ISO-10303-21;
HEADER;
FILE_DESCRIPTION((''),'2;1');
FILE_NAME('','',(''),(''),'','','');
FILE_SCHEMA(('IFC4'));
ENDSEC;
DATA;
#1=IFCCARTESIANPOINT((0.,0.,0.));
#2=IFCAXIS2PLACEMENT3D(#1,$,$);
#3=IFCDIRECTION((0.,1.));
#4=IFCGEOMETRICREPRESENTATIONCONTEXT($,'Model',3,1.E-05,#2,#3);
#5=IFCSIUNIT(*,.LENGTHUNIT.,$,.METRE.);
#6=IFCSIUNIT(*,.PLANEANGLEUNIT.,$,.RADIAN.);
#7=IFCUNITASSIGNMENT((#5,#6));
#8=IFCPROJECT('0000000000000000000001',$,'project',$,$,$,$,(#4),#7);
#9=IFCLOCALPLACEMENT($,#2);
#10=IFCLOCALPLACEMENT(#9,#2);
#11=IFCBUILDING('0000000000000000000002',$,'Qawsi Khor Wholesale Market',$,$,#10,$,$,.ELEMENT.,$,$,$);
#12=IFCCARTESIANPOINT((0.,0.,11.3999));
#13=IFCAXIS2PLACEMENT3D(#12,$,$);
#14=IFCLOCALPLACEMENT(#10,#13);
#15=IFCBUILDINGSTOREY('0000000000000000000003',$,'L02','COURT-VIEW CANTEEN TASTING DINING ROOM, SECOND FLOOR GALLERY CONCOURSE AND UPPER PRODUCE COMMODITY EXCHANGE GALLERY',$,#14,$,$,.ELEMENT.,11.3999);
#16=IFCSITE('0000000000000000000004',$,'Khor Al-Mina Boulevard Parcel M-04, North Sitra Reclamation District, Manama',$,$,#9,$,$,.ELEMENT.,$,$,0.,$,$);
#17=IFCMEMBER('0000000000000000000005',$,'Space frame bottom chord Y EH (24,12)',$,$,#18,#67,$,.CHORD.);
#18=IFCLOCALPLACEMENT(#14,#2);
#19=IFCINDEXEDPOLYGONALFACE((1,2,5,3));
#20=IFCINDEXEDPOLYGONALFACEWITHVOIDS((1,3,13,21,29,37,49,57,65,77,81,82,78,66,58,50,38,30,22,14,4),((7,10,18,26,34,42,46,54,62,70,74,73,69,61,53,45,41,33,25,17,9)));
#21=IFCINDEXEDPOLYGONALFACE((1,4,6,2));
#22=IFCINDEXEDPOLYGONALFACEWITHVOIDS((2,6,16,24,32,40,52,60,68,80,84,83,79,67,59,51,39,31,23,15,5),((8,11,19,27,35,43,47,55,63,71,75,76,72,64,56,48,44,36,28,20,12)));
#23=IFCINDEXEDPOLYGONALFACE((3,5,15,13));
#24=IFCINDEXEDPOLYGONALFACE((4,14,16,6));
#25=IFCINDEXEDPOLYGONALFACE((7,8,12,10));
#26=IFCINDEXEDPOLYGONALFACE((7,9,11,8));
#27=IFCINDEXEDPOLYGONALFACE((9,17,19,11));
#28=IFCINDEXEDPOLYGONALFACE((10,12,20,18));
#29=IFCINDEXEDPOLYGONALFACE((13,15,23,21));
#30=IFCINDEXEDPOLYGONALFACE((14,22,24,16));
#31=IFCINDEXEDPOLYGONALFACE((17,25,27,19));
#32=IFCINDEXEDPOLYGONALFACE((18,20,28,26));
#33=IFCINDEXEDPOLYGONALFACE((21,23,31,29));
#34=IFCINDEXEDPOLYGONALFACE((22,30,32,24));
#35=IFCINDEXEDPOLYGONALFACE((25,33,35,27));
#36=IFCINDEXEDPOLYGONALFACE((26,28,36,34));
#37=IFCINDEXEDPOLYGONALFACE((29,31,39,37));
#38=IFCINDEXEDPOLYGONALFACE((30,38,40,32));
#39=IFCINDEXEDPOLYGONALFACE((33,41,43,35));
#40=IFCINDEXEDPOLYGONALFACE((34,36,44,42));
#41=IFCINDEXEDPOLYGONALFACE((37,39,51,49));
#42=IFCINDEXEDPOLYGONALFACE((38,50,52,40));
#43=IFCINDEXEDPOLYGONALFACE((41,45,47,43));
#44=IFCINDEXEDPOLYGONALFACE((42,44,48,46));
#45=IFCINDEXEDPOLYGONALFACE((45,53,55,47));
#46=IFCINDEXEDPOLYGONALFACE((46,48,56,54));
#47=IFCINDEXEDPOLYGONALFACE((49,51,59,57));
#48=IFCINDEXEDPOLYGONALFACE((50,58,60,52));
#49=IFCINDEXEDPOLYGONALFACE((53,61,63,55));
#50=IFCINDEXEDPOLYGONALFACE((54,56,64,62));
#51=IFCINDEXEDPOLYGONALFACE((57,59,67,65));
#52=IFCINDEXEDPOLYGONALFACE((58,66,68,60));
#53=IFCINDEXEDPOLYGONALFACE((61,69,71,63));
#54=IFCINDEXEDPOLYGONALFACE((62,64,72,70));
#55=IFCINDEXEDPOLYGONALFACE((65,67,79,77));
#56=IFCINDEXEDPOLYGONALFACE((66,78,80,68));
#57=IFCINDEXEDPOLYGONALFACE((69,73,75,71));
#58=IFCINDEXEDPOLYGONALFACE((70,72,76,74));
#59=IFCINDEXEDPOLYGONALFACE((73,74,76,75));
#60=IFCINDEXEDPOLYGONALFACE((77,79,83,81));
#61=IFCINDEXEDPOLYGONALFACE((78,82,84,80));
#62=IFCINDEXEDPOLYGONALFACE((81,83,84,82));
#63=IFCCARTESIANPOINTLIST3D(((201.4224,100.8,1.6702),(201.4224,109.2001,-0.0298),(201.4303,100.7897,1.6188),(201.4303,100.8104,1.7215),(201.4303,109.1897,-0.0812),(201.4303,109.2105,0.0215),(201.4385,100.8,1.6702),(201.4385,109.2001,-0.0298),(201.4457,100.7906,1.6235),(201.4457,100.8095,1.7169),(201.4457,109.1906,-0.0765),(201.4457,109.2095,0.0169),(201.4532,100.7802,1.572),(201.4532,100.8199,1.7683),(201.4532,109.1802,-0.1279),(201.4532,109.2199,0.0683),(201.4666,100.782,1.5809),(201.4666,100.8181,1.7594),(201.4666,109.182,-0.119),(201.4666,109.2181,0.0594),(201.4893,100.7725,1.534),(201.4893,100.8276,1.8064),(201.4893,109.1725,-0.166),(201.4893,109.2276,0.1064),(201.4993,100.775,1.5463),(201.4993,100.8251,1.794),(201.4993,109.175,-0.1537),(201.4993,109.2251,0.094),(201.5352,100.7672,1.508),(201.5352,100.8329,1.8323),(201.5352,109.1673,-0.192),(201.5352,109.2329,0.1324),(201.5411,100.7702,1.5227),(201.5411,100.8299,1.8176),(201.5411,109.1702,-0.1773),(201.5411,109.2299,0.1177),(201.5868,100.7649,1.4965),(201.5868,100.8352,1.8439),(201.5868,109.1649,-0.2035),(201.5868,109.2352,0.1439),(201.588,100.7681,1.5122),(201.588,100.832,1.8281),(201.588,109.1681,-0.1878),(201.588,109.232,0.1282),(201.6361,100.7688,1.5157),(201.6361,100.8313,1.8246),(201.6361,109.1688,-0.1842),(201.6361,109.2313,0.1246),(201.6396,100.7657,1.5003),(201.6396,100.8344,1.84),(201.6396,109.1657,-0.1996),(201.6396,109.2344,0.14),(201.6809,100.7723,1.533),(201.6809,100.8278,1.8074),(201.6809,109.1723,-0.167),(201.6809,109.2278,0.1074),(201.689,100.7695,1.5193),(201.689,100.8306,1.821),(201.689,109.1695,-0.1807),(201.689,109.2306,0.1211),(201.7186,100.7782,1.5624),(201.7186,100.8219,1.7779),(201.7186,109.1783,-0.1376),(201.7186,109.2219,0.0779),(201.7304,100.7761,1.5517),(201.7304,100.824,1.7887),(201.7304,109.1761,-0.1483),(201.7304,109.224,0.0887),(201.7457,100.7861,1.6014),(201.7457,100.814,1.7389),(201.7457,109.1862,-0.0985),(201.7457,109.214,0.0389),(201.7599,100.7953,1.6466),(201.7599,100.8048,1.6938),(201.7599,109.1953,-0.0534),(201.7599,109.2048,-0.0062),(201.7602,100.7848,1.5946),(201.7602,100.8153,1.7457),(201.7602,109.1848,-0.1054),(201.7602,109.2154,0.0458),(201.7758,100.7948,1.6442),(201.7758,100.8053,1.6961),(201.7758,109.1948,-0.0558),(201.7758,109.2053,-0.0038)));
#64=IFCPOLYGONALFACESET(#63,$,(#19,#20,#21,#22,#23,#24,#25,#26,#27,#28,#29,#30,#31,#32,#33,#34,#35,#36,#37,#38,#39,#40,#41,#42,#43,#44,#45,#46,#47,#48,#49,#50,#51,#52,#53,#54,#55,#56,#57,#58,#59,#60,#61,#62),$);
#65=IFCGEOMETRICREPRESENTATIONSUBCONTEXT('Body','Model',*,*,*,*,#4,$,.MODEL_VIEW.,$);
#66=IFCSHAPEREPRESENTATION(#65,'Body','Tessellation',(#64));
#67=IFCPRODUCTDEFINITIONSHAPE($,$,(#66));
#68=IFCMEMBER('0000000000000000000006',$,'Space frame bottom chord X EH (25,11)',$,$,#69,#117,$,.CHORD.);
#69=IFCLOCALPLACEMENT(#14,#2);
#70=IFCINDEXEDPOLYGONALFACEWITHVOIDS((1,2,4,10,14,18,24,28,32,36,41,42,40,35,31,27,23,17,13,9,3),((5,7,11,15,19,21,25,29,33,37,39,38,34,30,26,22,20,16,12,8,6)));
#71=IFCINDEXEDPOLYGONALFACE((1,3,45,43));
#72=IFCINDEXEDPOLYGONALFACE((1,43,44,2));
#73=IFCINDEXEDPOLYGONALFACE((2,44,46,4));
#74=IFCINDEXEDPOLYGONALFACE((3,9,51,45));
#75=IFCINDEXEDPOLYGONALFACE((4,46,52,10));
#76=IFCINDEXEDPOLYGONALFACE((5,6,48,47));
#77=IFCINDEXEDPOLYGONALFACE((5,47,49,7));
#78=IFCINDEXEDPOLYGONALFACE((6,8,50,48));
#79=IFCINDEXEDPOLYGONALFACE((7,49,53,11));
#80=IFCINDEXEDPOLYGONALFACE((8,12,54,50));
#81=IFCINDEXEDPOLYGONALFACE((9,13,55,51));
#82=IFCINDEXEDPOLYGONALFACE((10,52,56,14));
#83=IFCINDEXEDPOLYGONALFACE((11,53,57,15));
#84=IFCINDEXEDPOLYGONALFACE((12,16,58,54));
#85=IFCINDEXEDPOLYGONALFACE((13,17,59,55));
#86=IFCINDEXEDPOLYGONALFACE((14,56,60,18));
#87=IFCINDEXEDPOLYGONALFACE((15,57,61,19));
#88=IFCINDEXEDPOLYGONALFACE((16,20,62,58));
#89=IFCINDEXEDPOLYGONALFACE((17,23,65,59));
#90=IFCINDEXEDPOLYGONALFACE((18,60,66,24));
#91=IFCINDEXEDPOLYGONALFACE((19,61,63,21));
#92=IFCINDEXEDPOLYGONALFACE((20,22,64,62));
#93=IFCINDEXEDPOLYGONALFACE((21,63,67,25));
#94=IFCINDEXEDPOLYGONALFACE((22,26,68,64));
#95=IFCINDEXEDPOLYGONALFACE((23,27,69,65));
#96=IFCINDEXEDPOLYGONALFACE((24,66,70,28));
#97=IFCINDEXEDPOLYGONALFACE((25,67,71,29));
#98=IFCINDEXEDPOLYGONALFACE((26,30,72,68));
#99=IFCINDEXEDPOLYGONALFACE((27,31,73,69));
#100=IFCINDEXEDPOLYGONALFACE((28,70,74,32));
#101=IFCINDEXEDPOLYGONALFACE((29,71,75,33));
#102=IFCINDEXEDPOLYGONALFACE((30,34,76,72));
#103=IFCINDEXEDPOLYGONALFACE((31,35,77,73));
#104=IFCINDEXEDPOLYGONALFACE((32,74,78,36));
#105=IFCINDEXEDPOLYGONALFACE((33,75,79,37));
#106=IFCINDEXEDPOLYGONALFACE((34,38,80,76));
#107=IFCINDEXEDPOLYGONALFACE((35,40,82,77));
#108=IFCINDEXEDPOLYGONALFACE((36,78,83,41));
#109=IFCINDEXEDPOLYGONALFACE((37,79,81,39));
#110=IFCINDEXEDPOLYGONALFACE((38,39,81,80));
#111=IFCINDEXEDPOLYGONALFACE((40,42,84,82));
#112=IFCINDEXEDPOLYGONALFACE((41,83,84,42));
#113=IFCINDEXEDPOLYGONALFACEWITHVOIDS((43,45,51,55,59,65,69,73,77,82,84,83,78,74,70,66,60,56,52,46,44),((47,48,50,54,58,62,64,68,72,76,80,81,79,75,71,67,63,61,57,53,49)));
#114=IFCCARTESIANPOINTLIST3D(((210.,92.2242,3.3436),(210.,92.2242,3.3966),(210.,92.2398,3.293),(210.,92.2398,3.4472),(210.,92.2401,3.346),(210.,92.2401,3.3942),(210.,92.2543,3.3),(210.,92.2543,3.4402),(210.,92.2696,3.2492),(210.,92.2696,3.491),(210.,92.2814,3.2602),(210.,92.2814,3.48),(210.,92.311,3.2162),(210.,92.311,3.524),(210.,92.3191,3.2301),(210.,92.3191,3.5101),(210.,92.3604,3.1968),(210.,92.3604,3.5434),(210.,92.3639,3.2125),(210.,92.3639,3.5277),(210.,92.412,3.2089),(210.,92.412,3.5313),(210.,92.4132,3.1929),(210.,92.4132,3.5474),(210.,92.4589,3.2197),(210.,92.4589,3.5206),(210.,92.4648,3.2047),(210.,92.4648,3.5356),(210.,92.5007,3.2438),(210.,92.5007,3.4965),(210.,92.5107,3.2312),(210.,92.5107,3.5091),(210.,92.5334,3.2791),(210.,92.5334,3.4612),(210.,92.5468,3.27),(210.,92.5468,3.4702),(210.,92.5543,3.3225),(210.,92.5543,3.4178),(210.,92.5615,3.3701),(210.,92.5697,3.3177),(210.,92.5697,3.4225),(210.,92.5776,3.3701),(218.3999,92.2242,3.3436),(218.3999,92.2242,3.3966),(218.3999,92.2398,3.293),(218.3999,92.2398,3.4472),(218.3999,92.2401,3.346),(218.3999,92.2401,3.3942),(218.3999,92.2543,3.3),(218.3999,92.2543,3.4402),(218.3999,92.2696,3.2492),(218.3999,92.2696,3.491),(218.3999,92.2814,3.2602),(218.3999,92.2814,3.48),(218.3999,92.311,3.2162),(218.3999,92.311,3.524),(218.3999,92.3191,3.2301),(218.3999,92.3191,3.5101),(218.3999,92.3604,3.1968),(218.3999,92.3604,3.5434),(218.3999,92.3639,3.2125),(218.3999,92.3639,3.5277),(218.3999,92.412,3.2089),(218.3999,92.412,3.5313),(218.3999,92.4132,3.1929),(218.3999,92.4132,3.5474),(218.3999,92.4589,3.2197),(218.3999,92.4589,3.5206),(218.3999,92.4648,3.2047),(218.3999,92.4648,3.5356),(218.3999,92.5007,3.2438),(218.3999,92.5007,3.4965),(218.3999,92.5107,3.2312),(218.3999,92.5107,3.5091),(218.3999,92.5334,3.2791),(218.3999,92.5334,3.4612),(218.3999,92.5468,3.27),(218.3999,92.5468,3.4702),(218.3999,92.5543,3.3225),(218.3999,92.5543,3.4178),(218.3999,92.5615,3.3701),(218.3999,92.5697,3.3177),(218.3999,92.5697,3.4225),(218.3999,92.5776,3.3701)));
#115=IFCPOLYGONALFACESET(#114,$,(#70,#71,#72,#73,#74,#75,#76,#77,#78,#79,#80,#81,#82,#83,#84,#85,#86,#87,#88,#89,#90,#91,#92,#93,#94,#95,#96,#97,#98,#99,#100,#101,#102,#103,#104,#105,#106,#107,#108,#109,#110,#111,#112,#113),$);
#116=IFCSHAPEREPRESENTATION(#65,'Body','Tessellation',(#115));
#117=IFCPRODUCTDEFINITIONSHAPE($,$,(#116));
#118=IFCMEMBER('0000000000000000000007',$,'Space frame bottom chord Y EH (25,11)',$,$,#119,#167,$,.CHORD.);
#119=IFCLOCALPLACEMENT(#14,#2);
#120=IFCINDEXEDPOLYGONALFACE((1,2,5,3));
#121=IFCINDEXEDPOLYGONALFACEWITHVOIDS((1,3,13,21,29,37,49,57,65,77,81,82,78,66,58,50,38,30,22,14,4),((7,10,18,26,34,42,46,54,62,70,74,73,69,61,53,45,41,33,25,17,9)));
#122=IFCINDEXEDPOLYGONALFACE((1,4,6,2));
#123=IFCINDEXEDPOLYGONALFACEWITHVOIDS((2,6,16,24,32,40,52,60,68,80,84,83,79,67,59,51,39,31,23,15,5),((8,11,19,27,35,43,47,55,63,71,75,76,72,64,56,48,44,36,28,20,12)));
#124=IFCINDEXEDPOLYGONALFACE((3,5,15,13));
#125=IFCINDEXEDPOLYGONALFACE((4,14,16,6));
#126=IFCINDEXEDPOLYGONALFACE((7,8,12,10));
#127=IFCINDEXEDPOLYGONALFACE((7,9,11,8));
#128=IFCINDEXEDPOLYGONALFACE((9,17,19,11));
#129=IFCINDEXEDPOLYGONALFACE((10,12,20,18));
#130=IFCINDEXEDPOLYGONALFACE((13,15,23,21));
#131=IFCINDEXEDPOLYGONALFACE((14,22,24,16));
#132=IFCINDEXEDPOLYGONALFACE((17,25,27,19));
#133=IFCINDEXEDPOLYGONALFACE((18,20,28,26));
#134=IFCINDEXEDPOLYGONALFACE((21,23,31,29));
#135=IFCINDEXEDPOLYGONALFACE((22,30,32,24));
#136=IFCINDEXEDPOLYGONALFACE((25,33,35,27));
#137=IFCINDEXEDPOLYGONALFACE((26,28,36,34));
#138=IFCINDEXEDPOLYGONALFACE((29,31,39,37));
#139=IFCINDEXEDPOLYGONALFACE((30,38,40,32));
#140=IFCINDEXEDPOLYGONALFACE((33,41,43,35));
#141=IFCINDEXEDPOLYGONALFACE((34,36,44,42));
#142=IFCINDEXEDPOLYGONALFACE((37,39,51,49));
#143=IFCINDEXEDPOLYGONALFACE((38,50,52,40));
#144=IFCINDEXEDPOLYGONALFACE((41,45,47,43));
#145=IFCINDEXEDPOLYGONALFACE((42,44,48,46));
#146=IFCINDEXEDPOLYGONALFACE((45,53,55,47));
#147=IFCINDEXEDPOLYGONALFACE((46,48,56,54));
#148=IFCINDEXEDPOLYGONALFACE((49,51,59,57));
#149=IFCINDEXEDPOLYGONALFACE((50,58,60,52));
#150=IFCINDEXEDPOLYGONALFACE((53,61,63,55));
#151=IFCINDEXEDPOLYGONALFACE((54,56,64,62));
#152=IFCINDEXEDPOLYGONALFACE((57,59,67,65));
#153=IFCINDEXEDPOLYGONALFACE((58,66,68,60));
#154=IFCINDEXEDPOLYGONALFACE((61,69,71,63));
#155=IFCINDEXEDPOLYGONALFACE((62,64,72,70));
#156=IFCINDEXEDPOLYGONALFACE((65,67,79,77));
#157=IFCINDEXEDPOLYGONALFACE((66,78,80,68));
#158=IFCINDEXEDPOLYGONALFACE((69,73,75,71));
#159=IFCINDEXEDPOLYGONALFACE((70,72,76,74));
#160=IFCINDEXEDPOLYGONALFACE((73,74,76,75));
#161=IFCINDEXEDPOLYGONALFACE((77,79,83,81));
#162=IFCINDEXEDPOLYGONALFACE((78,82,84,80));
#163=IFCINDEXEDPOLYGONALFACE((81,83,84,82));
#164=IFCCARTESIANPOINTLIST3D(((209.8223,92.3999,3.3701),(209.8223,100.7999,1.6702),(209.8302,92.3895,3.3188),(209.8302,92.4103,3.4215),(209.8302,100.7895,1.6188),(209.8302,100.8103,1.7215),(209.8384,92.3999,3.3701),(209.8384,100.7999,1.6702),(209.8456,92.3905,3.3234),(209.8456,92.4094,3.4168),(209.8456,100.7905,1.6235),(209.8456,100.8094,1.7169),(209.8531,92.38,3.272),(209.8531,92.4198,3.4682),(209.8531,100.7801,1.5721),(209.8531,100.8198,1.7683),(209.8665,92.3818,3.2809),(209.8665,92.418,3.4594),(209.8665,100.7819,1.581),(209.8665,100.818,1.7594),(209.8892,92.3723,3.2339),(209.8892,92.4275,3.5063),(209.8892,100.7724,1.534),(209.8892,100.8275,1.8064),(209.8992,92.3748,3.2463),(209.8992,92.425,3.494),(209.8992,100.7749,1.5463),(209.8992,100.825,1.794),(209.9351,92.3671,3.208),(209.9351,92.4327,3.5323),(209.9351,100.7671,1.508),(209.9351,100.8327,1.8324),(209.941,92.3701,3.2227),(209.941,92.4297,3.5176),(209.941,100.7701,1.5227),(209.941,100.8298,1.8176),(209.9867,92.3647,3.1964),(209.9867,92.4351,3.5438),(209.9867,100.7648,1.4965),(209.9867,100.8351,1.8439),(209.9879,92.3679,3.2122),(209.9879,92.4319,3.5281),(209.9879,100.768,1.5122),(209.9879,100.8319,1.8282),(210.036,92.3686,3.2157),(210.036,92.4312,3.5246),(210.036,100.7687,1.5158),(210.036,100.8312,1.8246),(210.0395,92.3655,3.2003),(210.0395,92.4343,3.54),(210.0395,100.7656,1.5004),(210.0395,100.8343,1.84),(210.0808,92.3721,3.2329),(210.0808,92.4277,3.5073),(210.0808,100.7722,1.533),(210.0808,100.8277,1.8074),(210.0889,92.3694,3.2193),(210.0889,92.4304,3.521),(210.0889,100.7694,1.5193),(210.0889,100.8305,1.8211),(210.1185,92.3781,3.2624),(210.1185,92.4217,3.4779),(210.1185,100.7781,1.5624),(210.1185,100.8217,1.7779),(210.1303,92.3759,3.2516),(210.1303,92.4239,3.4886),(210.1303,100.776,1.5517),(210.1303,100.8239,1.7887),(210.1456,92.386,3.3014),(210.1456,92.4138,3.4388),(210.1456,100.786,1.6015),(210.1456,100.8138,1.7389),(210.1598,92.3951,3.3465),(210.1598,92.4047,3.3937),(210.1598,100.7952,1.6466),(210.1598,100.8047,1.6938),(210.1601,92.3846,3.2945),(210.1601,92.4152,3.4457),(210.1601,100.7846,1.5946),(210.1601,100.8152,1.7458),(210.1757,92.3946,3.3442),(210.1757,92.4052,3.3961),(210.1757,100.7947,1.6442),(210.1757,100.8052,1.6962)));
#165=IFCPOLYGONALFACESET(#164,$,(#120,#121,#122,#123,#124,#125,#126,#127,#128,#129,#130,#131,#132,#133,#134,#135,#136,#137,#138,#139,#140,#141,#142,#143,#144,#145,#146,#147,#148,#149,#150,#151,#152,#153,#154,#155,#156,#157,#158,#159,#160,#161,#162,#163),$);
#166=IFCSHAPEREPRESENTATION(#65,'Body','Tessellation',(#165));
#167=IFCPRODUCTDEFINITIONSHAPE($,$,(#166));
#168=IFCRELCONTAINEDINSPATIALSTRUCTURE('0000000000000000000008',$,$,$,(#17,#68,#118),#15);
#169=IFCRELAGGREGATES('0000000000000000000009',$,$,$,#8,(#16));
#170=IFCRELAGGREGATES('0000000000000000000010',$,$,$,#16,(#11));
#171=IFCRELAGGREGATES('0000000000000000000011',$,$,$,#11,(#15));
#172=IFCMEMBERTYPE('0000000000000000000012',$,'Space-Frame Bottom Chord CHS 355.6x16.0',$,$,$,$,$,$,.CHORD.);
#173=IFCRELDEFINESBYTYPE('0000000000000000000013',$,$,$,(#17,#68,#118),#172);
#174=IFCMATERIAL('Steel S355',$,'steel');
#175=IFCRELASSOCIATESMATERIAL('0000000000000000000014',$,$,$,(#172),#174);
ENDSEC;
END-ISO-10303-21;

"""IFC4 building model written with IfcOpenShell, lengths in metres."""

from ifc_helpers import new_model, si_unit, direction, frame, origin, origin_2d, place, context, subcontext, project, spatial, hollow_circle, extrude, material, material_profile, profile_set, type_object, element, save


model = new_model("IFC4")

# Units and contexts
model_context = context("Model", 3, precision=1e-05, world=origin(), true_north=direction((0.0, 1.0)))
body_context = subcontext(model_context, "Body", "Model", "MODEL_VIEW")
ifc_project = project(units=[si_unit("LENGTHUNIT", "METRE"), si_unit("PLANEANGLEUNIT", "RADIAN")], contexts=[model_context])

# Site, building, storey
site_placement = place(None, origin())
site = spatial("IfcSite", under=ifc_project, at=site_placement, Name="Khor Al-Mina Boulevard Parcel M-04, North Sitra Reclamation District, Manama", CompositionType="ELEMENT", RefElevation=0.0)
building_placement = place(site_placement, origin())
building = spatial("IfcBuilding", under=site, at=building_placement, Name="Qawsi Khor Wholesale Market", CompositionType="ELEMENT")
storey_placement = place(building_placement, frame((0.0, 0.0, 11.3999)))
storey = spatial("IfcBuildingStorey", under=building, at=storey_placement, Name="L02", Description="COURT-VIEW CANTEEN TASTING DINING ROOM, SECOND FLOOR GALLERY CONCOURSE AND UPPER PRODUCE COMMODITY EXCHANGE GALLERY", CompositionType="ELEMENT", Elevation=11.3999)

# Members
ifc_material_1 = material(Name="Steel S355", Category="steel")
ifc_material_profile_1 = material_profile(ifc_material_1, hollow_circle(Radius=0.1777, WallThickness=0.0161, at=origin_2d()), Name="CHS 355.6x16.0")
ifc_profile_set_1 = profile_set([ifc_material_profile_1], Name="Steel S355")
member_type_1 = type_object("IfcMemberType", Name="Space-Frame Bottom Chord CHS 355.6x16.0", PredefinedType="CHORD", material=ifc_profile_set_1)
member_1_placement = place(storey_placement, frame((201.6001, 100.8, 1.6702), z_axis=(0.0, 0.98013, -0.198356), x_axis=(-1.0, 0.0, 0.0)))
element("IfcMember", 1, at=member_1_placement, inside=storey, type_object=member_type_1, Name="Space frame bottom chord Y EH (24,12)", PredefinedType="CHORD", context=body_context, shape_type="SweptSolid", body=[
    extrude(hollow_circle(Radius=0.1777, WallThickness=0.0161, at=origin_2d()), origin(), (0.0, 0.0, 1.0), 8.5703),
])
member_2_placement = place(storey_placement, frame((210.0, 92.3999, 3.3701), z_axis=(1.0, 0.0, 0.0), x_axis=(0.0, 1.0, 0.0)))
element("IfcMember", 2, at=member_2_placement, inside=storey, type_object=member_type_1, Name="Space frame bottom chord X EH (25,11)", PredefinedType="CHORD", context=body_context, shape_type="SweptSolid", body=[
    extrude(hollow_circle(Radius=0.1777, WallThickness=0.0161, at=origin_2d()), origin(), (0.0, 0.0, 1.0), 8.3999),
])
member_3_placement = place(storey_placement, frame((210.0, 92.3999, 3.3701), z_axis=(0.0, 0.980131, -0.198351), x_axis=(-1.0, 0.0, 0.0)))
element("IfcMember", 3, at=member_3_placement, inside=storey, type_object=member_type_1, Name="Space frame bottom chord Y EH (25,11)", PredefinedType="CHORD", context=body_context, shape_type="SweptSolid", body=[
    extrude(hollow_circle(Radius=0.1777, WallThickness=0.0161, at=origin_2d()), origin(), (0.0, 0.0, 1.0), 8.5703),
])

save(model, "model.ifc")
